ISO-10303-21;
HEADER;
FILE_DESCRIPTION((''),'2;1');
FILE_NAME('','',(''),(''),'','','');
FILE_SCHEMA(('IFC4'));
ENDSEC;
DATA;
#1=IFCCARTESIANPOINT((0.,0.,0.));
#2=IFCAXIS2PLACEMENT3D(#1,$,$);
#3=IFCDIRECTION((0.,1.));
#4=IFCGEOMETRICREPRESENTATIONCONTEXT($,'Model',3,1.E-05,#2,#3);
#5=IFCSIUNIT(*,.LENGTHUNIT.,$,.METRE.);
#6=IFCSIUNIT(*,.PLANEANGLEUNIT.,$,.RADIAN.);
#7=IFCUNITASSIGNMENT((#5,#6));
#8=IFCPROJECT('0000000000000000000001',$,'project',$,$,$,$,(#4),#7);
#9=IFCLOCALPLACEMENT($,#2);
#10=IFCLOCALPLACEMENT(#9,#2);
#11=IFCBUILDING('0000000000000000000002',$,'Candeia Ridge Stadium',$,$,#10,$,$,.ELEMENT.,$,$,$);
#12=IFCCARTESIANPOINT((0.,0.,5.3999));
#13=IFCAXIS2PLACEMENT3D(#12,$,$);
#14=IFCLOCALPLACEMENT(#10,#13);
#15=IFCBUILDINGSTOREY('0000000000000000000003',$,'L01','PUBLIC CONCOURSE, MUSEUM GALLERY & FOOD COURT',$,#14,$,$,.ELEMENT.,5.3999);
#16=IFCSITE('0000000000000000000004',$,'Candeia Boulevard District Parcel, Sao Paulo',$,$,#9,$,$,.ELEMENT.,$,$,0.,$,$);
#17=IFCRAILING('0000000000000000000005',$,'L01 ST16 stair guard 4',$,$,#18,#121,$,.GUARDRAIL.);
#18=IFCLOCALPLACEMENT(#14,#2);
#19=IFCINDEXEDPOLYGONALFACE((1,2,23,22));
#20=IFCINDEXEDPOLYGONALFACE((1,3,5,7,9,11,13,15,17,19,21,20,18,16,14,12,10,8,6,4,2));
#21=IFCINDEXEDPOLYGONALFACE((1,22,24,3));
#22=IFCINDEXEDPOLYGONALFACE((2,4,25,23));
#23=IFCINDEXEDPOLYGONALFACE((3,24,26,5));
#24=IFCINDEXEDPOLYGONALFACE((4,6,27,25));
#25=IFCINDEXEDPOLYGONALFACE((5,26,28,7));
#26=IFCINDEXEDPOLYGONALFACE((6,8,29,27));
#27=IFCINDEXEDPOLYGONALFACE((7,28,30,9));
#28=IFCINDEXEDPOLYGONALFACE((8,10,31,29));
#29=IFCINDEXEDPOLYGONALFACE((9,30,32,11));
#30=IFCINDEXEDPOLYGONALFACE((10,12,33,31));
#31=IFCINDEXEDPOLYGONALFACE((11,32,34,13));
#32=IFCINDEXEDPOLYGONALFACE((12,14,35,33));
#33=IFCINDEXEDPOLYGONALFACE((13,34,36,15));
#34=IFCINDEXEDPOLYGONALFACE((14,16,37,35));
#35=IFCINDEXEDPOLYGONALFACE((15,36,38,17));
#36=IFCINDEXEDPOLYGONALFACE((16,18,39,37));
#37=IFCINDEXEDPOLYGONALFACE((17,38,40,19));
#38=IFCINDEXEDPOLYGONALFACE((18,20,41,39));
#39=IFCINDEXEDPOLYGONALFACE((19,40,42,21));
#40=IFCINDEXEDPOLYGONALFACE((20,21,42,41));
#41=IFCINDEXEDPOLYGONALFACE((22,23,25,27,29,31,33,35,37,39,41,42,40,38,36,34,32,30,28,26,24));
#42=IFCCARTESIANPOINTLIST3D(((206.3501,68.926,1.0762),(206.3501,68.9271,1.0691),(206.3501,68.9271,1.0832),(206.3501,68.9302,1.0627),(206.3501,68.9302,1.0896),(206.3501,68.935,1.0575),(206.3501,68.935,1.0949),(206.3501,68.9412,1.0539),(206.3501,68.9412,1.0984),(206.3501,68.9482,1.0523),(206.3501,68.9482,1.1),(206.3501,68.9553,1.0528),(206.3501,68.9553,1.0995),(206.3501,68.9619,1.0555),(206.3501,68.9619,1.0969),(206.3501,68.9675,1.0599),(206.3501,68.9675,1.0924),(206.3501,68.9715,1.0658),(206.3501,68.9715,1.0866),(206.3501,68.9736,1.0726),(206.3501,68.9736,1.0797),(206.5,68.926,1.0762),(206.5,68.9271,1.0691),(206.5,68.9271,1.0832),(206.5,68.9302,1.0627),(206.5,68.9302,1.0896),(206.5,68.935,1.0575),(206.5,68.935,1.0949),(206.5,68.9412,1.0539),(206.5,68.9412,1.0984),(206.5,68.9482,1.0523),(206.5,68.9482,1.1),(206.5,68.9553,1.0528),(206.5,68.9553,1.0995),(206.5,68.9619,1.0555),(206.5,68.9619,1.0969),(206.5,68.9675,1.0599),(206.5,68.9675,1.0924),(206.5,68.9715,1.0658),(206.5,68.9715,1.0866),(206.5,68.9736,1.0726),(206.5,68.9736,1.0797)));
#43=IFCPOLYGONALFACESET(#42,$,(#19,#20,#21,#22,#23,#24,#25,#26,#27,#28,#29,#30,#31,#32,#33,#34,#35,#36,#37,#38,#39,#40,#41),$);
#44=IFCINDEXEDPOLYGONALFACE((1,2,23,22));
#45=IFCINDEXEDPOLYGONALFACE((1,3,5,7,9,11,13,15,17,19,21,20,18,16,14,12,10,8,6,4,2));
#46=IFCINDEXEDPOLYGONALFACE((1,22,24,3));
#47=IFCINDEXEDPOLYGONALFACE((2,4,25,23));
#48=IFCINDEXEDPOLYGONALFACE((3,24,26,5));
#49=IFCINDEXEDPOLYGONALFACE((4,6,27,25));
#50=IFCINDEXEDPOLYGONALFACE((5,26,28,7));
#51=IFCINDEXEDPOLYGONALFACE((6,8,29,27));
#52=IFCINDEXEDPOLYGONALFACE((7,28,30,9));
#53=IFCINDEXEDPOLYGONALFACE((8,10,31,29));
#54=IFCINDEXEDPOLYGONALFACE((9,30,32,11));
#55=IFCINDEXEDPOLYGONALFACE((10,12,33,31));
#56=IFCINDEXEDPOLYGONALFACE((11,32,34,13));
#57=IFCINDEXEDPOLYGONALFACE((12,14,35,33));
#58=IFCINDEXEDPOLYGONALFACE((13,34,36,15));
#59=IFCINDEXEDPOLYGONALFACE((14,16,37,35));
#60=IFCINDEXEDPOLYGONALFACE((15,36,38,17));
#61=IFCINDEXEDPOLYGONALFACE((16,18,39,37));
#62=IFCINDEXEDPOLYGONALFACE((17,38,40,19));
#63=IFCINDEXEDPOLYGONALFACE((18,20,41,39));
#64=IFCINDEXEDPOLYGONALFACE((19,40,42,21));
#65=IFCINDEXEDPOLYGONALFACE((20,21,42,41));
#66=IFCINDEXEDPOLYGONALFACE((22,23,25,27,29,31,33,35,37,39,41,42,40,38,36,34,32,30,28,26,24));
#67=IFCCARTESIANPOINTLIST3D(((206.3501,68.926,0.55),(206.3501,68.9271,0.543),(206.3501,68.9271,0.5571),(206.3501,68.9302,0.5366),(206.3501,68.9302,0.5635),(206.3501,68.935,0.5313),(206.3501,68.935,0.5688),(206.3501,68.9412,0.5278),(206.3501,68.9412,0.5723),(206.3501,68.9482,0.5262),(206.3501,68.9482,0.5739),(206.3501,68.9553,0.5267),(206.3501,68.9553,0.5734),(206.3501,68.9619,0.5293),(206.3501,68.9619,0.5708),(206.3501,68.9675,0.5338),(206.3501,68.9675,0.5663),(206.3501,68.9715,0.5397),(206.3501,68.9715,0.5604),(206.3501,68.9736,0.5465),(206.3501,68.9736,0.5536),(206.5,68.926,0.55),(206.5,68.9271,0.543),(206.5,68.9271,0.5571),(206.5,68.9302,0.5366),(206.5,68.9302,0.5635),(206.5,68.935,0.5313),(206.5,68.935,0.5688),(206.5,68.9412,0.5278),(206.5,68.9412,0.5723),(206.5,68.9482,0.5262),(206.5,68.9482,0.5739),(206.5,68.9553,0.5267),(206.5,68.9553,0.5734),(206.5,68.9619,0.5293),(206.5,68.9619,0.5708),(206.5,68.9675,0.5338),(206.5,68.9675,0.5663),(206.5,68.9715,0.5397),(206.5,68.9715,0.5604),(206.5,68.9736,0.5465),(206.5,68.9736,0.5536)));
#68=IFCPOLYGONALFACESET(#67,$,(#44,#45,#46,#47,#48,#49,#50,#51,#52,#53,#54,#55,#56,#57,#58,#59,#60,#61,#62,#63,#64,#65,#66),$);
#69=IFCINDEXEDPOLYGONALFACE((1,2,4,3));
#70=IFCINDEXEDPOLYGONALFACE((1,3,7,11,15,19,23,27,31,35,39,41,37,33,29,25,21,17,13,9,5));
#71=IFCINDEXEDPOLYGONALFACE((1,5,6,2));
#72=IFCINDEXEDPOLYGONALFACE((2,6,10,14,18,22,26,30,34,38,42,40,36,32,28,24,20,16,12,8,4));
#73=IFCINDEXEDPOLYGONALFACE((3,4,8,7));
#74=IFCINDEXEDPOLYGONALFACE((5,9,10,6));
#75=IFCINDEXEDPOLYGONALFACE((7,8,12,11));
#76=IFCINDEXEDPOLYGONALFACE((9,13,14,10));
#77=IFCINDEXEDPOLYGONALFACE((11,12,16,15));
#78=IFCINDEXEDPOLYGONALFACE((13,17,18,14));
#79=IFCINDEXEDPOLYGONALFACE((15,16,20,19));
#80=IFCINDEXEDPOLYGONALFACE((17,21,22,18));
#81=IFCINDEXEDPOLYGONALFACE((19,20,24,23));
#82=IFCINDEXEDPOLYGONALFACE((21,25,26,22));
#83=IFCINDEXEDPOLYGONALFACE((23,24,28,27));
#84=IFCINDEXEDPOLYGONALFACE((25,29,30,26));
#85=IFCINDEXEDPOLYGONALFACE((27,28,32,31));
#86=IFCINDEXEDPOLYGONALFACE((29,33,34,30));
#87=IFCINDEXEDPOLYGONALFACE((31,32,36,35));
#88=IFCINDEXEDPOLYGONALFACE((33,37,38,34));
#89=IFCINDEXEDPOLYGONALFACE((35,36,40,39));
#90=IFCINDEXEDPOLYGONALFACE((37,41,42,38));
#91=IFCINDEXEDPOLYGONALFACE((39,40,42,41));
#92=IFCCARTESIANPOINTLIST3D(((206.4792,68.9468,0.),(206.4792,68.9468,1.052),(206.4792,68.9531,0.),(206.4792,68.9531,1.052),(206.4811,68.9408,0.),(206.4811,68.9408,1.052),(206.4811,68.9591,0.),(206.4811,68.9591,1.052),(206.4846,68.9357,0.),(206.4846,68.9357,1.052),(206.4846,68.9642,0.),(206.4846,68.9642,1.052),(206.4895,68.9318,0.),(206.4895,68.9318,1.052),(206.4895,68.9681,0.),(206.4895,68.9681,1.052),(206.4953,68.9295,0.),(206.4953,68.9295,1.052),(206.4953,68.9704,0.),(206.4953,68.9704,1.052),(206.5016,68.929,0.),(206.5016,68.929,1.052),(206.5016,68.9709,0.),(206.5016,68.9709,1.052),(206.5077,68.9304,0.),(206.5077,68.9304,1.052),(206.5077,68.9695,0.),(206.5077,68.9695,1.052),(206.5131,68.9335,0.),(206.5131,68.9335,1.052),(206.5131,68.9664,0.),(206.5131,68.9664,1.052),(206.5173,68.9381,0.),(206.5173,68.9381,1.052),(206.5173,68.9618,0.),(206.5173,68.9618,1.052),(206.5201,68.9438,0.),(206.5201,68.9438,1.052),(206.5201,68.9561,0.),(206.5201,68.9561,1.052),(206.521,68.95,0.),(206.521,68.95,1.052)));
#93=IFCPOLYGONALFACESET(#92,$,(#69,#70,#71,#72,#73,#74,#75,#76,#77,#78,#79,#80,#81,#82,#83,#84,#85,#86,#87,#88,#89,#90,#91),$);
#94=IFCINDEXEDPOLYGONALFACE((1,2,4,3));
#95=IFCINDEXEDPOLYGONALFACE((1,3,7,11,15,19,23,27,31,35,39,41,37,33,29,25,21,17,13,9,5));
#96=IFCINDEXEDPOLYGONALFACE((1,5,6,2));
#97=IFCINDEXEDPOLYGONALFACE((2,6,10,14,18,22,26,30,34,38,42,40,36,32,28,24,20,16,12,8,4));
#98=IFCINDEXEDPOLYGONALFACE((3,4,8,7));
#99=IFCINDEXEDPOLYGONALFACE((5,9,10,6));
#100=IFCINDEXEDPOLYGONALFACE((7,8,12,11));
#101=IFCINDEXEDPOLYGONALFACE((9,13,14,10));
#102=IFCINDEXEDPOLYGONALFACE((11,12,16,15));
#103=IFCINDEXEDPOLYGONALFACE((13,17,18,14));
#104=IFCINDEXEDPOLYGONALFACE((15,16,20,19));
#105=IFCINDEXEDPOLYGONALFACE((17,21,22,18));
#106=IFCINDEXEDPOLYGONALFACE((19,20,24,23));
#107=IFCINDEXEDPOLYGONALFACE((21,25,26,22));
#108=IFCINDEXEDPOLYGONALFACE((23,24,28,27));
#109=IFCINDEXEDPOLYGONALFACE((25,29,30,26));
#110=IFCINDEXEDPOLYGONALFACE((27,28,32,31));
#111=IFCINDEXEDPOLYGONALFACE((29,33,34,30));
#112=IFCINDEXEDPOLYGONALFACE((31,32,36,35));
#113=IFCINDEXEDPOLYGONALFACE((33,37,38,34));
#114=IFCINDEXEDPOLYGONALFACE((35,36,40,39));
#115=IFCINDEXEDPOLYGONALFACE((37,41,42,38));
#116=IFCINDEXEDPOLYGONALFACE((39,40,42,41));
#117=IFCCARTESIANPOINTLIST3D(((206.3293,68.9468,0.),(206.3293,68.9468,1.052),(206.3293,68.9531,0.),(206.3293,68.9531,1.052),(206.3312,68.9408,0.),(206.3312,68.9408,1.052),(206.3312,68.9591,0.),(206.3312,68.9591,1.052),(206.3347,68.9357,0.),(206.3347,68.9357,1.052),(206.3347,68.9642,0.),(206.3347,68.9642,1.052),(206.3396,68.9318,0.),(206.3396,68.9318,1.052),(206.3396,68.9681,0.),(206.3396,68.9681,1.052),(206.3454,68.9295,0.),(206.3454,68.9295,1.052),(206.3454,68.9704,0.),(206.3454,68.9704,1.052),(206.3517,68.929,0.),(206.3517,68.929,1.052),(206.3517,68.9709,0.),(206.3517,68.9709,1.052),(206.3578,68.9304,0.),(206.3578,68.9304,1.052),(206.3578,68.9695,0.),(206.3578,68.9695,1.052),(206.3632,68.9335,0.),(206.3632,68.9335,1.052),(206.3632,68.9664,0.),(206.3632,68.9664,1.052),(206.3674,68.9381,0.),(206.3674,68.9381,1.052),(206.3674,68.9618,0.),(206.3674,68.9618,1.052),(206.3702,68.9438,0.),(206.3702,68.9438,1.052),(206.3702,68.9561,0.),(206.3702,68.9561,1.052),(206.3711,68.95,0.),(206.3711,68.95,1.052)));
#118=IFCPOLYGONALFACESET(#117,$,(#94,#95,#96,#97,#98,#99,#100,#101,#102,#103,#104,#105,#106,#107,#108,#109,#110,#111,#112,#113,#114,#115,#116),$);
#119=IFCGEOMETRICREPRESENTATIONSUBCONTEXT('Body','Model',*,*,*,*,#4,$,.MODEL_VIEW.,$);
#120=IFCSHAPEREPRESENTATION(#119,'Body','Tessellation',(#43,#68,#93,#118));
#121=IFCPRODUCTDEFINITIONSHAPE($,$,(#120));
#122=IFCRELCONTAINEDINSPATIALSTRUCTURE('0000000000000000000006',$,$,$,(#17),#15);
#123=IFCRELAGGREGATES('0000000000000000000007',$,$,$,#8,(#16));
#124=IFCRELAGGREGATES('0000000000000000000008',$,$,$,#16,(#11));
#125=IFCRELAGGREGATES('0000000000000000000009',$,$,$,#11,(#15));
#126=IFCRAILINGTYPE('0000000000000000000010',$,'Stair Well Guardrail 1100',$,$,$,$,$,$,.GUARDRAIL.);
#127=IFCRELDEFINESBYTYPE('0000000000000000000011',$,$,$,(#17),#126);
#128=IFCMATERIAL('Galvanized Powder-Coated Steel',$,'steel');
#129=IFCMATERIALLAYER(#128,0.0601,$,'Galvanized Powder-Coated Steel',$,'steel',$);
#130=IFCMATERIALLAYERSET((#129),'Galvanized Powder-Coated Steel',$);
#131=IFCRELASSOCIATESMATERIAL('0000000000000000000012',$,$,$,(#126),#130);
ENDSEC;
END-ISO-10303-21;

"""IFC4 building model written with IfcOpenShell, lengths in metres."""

from ifc_helpers import new_model, si_unit, direction, frame, origin, origin_2d, place, context, subcontext, project, spatial, circle, extrude, material, layer, layer_set, type_object, element, save


model = new_model("IFC4")

# Units and contexts
model_context = context("Model", 3, precision=1e-05, world=origin(), true_north=direction((0.0, 1.0)))
body_context = subcontext(model_context, "Body", "Model", "MODEL_VIEW")
ifc_project = project(units=[si_unit("LENGTHUNIT", "METRE"), si_unit("PLANEANGLEUNIT", "RADIAN")], contexts=[model_context])

# Site, building, storey
site_placement = place(None, origin())
site = spatial("IfcSite", under=ifc_project, at=site_placement, Name="Candeia Boulevard District Parcel, Sao Paulo", CompositionType="ELEMENT", RefElevation=0.0)
building_placement = place(site_placement, origin())
building = spatial("IfcBuilding", under=site, at=building_placement, Name="Candeia Ridge Stadium", CompositionType="ELEMENT")
storey_placement = place(building_placement, frame((0.0, 0.0, 5.3999)))
storey = spatial("IfcBuildingStorey", under=building, at=storey_placement, Name="L01", Description="PUBLIC CONCOURSE, MUSEUM GALLERY & FOOD COURT", CompositionType="ELEMENT", Elevation=5.3999)

# Railing
ifc_material_1 = material(Name="Galvanized Powder-Coated Steel", Category="steel")
ifc_layer_1 = layer(ifc_material_1, 0.0601, Name="Galvanized Powder-Coated Steel", Category="steel")
ifc_layer_set_1 = layer_set([ifc_layer_1], Name="Galvanized Powder-Coated Steel")
railing_type_1 = type_object("IfcRailingType", Name="Stair Well Guardrail 1100", PredefinedType="GUARDRAIL", material=ifc_layer_set_1)
railing_1_placement = place(storey_placement, frame((206.5, 68.95, 0.0)))
element("IfcRailing", 1, at=railing_1_placement, inside=storey, type_object=railing_type_1, Name="L01 ST16 stair guard 4", PredefinedType="GUARDRAIL", context=body_context, shape_type="SweptSolid", body=[
    extrude(circle(Radius=0.0239, at=origin_2d()), frame((0.0, 0.0, 1.0762), z_axis=(-1.0, 0.0, 0.0), x_axis=(0.0, -1.0, 0.0)), (0.0, 0.0, 1.0), 0.1499),
    extrude(circle(Radius=0.0239, at=origin_2d()), frame((0.0, 0.0, 0.55), z_axis=(-1.0, 0.0, 0.0), x_axis=(0.0, -1.0, 0.0)), (0.0, 0.0, 1.0), 0.1499),
    extrude(circle(Radius=0.021, at=origin_2d()), origin(), (0.0, 0.0, 1.0), 1.052),
    extrude(circle(Radius=0.021, at=origin_2d()), frame((-0.1499, 0.0, 0.0)), (0.0, 0.0, 1.0), 1.052),
])

save(model, "model.ifc")
